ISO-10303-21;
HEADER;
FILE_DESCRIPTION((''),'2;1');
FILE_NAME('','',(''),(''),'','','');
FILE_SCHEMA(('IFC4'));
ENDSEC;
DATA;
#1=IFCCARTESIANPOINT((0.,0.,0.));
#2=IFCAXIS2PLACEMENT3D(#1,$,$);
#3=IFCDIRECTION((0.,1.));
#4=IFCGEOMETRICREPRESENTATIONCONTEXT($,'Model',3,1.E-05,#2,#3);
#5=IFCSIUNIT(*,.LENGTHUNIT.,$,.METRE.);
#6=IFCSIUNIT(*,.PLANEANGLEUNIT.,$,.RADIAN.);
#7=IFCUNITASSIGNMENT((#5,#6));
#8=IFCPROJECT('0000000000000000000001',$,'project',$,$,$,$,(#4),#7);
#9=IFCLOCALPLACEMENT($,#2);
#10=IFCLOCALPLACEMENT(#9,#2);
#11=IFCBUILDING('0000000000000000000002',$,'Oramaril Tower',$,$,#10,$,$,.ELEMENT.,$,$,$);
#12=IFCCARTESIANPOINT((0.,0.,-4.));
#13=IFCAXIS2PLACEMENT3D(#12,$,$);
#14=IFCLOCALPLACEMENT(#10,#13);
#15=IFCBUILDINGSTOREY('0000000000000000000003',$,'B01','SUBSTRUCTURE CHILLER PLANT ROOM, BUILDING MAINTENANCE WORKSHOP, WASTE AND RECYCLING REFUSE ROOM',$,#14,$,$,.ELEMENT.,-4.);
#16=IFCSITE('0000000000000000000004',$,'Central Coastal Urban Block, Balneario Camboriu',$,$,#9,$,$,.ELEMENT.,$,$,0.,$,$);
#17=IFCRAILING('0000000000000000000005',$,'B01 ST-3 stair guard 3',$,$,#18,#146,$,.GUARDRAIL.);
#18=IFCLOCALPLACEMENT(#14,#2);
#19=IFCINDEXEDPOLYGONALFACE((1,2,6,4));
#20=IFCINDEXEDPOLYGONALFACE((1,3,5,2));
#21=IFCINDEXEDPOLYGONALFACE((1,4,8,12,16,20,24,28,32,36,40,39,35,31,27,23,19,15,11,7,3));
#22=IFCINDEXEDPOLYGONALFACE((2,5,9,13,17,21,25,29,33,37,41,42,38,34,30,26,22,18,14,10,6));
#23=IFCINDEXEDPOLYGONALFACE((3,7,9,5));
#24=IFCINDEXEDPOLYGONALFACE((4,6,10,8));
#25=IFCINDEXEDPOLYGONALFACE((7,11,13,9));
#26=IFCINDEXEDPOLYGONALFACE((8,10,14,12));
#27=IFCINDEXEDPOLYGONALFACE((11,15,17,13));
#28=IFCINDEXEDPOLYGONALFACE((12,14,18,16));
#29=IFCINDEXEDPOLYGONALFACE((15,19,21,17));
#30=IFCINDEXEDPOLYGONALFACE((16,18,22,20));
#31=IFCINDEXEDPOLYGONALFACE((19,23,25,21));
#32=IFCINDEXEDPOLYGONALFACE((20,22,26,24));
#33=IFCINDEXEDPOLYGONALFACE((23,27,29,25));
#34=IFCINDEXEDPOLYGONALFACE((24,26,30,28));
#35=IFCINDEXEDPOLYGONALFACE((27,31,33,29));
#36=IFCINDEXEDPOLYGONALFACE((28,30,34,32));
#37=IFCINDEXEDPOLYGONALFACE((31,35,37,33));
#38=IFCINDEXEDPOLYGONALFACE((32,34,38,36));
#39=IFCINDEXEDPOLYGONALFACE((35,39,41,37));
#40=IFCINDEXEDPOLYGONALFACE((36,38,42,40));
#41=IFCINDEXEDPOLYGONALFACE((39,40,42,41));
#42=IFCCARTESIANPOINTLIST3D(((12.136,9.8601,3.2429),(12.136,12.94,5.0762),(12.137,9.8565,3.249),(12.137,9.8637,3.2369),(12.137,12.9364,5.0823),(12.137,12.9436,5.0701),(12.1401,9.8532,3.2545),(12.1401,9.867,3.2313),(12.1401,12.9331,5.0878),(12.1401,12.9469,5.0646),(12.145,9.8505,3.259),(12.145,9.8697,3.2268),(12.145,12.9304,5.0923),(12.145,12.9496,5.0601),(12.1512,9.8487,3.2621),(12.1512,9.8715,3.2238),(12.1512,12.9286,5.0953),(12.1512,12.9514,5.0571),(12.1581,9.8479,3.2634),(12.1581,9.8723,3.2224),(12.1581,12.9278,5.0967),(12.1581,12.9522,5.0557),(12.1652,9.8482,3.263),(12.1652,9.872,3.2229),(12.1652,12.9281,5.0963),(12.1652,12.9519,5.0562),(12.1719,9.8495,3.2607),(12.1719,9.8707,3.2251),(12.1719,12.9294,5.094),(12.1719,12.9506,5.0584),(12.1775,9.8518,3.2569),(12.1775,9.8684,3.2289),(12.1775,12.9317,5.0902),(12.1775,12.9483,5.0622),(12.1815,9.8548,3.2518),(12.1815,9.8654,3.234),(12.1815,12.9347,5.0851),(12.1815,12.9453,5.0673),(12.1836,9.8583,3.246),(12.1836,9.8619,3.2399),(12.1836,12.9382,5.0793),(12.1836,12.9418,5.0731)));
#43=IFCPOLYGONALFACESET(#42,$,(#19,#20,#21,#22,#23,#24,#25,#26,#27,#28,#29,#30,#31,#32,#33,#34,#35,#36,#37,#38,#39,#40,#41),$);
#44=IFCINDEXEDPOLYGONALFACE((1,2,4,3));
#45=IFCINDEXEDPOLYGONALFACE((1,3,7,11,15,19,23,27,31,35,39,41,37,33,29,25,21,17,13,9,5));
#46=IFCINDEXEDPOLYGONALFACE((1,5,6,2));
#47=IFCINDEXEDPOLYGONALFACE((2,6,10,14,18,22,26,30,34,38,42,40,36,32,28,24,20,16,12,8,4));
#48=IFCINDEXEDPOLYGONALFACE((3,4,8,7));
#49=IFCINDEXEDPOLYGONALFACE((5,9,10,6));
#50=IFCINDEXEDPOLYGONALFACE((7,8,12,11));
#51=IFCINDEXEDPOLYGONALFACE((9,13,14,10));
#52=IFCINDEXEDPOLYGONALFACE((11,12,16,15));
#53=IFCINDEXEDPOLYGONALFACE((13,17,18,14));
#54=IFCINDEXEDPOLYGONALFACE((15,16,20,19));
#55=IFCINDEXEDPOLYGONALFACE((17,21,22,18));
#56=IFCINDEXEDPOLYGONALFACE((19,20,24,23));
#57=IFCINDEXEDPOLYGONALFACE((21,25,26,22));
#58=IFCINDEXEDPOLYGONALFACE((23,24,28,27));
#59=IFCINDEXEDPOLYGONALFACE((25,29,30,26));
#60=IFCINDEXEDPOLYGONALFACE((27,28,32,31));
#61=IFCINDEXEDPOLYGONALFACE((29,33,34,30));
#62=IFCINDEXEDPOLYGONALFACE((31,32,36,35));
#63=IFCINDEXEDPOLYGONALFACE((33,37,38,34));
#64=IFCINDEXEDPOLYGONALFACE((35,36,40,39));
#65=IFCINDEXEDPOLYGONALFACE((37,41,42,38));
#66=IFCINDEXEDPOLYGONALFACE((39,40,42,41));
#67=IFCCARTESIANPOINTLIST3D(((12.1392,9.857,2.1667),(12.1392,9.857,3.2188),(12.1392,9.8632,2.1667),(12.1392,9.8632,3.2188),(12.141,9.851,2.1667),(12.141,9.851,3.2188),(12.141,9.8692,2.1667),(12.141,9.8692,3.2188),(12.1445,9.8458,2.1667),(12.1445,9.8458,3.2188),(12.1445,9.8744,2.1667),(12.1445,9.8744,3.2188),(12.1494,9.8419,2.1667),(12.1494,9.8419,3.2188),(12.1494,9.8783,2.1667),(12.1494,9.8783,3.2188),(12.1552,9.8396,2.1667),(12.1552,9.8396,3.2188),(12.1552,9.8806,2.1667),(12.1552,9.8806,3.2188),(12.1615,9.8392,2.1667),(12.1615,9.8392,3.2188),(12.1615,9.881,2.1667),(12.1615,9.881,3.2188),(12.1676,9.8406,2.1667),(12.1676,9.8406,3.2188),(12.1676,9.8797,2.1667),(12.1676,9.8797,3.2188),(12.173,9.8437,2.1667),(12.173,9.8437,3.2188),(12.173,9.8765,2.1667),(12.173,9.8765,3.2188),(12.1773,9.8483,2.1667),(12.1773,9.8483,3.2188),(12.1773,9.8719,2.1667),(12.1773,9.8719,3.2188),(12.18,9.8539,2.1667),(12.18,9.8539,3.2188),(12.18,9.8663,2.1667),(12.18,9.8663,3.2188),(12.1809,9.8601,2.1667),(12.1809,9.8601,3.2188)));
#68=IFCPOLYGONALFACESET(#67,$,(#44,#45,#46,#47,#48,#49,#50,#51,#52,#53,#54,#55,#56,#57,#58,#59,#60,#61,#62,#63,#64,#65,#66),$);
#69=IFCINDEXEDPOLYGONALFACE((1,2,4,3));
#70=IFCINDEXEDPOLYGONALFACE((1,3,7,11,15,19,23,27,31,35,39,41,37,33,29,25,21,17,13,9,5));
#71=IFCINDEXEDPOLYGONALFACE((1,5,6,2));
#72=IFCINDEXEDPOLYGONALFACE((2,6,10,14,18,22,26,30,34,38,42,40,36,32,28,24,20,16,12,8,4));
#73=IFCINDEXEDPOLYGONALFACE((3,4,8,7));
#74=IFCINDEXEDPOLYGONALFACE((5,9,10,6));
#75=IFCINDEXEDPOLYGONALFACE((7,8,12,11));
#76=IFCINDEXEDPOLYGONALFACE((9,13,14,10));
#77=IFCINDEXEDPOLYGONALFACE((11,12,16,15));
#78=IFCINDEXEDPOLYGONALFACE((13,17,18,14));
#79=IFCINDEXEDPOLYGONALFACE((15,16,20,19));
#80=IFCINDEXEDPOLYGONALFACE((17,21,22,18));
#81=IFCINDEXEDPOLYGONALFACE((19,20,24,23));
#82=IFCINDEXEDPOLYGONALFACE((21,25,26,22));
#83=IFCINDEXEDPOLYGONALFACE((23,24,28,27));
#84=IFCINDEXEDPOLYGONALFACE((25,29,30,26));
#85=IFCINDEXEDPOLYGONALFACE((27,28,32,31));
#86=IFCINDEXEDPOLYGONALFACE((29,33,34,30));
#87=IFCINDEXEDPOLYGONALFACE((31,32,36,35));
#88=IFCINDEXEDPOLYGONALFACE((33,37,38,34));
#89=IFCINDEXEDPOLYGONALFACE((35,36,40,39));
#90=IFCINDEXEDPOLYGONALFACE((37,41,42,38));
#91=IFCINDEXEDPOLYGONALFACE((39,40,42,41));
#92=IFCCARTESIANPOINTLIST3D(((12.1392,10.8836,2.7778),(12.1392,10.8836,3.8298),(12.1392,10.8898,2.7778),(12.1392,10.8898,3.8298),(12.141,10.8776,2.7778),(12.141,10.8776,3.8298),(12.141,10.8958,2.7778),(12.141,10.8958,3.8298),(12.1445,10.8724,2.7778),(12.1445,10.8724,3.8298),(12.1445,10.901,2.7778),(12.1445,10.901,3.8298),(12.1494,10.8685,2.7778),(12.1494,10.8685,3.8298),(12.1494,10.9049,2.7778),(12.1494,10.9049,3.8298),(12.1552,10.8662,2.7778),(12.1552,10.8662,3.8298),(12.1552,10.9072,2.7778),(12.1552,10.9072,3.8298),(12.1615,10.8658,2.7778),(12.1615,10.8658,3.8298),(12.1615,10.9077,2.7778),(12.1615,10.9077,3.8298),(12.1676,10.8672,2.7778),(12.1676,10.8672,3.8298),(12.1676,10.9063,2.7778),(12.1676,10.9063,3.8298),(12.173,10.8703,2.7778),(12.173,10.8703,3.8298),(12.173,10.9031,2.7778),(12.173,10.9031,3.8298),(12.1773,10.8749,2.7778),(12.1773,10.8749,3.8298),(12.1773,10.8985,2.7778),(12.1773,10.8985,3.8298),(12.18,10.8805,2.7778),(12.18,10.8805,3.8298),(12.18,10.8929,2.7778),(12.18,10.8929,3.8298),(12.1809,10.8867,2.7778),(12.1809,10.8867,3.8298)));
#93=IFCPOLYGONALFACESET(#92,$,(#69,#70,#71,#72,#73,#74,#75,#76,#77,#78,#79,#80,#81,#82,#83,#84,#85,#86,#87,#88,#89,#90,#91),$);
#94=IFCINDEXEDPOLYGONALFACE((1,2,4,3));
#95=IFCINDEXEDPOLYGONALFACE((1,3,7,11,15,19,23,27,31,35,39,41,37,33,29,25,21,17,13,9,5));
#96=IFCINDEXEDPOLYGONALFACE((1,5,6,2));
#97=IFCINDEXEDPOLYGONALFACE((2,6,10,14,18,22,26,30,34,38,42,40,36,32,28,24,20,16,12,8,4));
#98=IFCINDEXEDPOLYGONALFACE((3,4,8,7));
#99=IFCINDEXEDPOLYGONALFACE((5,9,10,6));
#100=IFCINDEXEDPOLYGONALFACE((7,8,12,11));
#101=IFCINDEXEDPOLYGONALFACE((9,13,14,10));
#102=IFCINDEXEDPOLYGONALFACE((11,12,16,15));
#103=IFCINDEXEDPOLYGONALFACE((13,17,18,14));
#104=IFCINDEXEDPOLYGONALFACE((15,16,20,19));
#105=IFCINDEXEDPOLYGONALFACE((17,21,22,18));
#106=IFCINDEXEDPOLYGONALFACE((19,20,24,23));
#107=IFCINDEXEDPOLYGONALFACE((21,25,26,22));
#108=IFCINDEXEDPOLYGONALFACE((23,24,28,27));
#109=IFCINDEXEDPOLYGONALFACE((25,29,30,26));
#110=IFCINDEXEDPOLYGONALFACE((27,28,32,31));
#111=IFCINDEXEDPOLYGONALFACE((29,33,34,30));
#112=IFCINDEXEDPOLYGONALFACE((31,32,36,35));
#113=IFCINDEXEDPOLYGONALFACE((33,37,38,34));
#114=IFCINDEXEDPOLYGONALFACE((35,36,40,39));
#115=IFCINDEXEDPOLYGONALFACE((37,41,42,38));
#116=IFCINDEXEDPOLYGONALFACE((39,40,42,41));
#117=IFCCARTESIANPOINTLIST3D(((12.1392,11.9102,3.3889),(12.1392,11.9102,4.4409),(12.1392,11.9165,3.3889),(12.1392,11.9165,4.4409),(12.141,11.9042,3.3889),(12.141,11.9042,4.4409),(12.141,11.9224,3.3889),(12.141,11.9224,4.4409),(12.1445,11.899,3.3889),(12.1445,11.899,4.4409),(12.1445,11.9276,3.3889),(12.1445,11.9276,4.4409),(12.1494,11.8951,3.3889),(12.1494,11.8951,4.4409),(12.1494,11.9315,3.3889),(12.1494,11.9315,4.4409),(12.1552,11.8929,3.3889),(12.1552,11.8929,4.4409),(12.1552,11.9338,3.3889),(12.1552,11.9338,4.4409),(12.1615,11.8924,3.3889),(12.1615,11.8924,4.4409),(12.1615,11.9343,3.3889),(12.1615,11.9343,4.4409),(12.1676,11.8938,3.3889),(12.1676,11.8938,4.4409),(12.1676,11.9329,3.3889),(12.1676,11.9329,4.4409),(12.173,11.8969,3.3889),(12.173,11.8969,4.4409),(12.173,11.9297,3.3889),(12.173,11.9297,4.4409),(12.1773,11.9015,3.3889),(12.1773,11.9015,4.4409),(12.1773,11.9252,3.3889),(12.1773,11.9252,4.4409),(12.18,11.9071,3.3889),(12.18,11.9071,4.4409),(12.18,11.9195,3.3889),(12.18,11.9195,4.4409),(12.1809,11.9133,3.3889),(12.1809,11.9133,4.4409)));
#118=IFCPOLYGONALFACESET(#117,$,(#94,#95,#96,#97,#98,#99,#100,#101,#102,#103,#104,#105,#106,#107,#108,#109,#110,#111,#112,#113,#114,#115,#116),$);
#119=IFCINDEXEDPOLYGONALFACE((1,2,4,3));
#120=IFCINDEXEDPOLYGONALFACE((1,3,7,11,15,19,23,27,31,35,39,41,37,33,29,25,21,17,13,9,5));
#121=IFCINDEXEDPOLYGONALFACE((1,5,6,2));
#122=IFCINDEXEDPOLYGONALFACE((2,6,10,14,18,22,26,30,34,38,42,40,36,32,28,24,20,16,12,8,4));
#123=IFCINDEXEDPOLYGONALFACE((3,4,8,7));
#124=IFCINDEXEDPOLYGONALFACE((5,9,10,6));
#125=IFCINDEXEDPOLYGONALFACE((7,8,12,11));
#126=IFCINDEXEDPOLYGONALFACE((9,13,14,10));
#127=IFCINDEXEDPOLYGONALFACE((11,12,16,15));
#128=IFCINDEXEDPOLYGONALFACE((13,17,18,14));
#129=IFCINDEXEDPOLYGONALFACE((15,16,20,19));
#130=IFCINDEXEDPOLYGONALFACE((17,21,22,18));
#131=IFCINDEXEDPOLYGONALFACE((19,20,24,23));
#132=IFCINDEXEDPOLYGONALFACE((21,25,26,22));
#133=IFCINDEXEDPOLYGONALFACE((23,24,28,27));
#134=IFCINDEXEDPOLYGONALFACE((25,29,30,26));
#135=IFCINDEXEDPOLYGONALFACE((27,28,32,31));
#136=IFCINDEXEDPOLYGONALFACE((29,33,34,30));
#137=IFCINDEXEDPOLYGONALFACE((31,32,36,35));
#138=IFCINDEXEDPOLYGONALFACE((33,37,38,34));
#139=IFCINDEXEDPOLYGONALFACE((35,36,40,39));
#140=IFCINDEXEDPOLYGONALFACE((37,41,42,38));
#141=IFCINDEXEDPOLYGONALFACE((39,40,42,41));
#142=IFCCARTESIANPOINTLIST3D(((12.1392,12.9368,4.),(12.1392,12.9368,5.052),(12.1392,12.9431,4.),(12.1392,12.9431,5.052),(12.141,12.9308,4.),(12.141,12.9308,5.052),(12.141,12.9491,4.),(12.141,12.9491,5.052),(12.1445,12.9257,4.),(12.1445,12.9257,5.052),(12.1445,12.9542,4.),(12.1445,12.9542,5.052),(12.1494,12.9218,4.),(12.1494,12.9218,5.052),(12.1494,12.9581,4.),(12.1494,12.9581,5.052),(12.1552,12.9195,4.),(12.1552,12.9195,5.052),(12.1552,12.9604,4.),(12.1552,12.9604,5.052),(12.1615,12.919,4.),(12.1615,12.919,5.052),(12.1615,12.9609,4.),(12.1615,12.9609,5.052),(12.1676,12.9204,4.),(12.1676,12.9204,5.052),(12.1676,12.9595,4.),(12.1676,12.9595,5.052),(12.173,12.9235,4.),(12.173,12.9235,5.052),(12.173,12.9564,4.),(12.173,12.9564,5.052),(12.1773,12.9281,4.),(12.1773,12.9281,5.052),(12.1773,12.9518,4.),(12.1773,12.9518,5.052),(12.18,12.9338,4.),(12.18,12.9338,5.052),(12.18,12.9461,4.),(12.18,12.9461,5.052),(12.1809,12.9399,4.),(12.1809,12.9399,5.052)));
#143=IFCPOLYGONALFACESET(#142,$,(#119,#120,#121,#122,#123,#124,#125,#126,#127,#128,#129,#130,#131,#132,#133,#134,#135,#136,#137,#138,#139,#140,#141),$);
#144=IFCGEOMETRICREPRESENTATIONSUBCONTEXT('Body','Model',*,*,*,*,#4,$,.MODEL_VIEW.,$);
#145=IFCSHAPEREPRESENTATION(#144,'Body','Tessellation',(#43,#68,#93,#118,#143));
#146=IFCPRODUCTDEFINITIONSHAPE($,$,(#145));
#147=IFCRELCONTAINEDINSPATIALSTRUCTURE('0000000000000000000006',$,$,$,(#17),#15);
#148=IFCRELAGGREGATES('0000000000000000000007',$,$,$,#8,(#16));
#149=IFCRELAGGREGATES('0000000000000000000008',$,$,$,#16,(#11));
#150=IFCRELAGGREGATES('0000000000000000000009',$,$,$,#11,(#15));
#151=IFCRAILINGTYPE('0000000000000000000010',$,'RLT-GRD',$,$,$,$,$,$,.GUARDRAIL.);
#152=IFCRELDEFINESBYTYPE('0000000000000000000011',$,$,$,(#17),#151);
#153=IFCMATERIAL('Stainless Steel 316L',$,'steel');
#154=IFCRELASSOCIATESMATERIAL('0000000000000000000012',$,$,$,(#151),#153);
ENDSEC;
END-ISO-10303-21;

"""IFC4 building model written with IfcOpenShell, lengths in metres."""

from ifc_helpers import new_model, si_unit, direction, frame, origin, origin_2d, place, context, subcontext, project, spatial, circle, extrude, material, type_object, element, save


model = new_model("IFC4")

# Units and contexts
model_context = context("Model", 3, precision=1e-05, world=origin(), true_north=direction((0.0, 1.0)))
body_context = subcontext(model_context, "Body", "Model", "MODEL_VIEW")
ifc_project = project(units=[si_unit("LENGTHUNIT", "METRE"), si_unit("PLANEANGLEUNIT", "RADIAN")], contexts=[model_context])

# Site, building, storey
site_placement = place(None, origin())
site = spatial("IfcSite", under=ifc_project, at=site_placement, Name="Central Coastal Urban Block, Balneario Camboriu", CompositionType="ELEMENT", RefElevation=0.0)
building_placement = place(site_placement, origin())
building = spatial("IfcBuilding", under=site, at=building_placement, Name="Oramaril Tower", CompositionType="ELEMENT")
storey_placement = place(building_placement, frame((0.0, 0.0, -4.0)))
storey = spatial("IfcBuildingStorey", under=building, at=storey_placement, Name="B01", Description="SUBSTRUCTURE CHILLER PLANT ROOM, BUILDING MAINTENANCE WORKSHOP, WASTE AND RECYCLING REFUSE ROOM", CompositionType="ELEMENT", Elevation=-4.0)

# Railing
ifc_material_1 = material(Name="Stainless Steel 316L", Category="steel")
railing_type_1 = type_object("IfcRailingType", Name="RLT-GRD", PredefinedType="GUARDRAIL", material=ifc_material_1)
railing_1_placement = place(storey_placement, frame((12.1599, 9.8601, 2.1667)))
element("IfcRailing", 1, at=railing_1_placement, inside=storey, type_object=railing_type_1, Name="B01 ST-3 stair guard 3", PredefinedType="GUARDRAIL", context=body_context, shape_type="SweptSolid", body=[
    extrude(circle(Radius=0.0239, at=origin_2d()), frame((0.0, 0.0, 1.0762), z_axis=(0.0, 0.859291, 0.511487), x_axis=(-1.0, 0.0, 0.0)), (0.0, 0.0, 1.0), 3.5842),
    extrude(circle(Radius=0.021, at=origin_2d()), origin(), (0.0, 0.0, 1.0), 1.052),
    extrude(circle(Radius=0.021, at=origin_2d()), frame((0.0, 1.0266, 0.6111)), (0.0, 0.0, 1.0), 1.052),
    extrude(circle(Radius=0.021, at=origin_2d()), frame((0.0, 2.0532, 1.2222)), (0.0, 0.0, 1.0), 1.052),
    extrude(circle(Radius=0.021, at=origin_2d()), frame((0.0, 3.0798, 1.8333)), (0.0, 0.0, 1.0), 1.052),
])

save(model, "model.ifc")
